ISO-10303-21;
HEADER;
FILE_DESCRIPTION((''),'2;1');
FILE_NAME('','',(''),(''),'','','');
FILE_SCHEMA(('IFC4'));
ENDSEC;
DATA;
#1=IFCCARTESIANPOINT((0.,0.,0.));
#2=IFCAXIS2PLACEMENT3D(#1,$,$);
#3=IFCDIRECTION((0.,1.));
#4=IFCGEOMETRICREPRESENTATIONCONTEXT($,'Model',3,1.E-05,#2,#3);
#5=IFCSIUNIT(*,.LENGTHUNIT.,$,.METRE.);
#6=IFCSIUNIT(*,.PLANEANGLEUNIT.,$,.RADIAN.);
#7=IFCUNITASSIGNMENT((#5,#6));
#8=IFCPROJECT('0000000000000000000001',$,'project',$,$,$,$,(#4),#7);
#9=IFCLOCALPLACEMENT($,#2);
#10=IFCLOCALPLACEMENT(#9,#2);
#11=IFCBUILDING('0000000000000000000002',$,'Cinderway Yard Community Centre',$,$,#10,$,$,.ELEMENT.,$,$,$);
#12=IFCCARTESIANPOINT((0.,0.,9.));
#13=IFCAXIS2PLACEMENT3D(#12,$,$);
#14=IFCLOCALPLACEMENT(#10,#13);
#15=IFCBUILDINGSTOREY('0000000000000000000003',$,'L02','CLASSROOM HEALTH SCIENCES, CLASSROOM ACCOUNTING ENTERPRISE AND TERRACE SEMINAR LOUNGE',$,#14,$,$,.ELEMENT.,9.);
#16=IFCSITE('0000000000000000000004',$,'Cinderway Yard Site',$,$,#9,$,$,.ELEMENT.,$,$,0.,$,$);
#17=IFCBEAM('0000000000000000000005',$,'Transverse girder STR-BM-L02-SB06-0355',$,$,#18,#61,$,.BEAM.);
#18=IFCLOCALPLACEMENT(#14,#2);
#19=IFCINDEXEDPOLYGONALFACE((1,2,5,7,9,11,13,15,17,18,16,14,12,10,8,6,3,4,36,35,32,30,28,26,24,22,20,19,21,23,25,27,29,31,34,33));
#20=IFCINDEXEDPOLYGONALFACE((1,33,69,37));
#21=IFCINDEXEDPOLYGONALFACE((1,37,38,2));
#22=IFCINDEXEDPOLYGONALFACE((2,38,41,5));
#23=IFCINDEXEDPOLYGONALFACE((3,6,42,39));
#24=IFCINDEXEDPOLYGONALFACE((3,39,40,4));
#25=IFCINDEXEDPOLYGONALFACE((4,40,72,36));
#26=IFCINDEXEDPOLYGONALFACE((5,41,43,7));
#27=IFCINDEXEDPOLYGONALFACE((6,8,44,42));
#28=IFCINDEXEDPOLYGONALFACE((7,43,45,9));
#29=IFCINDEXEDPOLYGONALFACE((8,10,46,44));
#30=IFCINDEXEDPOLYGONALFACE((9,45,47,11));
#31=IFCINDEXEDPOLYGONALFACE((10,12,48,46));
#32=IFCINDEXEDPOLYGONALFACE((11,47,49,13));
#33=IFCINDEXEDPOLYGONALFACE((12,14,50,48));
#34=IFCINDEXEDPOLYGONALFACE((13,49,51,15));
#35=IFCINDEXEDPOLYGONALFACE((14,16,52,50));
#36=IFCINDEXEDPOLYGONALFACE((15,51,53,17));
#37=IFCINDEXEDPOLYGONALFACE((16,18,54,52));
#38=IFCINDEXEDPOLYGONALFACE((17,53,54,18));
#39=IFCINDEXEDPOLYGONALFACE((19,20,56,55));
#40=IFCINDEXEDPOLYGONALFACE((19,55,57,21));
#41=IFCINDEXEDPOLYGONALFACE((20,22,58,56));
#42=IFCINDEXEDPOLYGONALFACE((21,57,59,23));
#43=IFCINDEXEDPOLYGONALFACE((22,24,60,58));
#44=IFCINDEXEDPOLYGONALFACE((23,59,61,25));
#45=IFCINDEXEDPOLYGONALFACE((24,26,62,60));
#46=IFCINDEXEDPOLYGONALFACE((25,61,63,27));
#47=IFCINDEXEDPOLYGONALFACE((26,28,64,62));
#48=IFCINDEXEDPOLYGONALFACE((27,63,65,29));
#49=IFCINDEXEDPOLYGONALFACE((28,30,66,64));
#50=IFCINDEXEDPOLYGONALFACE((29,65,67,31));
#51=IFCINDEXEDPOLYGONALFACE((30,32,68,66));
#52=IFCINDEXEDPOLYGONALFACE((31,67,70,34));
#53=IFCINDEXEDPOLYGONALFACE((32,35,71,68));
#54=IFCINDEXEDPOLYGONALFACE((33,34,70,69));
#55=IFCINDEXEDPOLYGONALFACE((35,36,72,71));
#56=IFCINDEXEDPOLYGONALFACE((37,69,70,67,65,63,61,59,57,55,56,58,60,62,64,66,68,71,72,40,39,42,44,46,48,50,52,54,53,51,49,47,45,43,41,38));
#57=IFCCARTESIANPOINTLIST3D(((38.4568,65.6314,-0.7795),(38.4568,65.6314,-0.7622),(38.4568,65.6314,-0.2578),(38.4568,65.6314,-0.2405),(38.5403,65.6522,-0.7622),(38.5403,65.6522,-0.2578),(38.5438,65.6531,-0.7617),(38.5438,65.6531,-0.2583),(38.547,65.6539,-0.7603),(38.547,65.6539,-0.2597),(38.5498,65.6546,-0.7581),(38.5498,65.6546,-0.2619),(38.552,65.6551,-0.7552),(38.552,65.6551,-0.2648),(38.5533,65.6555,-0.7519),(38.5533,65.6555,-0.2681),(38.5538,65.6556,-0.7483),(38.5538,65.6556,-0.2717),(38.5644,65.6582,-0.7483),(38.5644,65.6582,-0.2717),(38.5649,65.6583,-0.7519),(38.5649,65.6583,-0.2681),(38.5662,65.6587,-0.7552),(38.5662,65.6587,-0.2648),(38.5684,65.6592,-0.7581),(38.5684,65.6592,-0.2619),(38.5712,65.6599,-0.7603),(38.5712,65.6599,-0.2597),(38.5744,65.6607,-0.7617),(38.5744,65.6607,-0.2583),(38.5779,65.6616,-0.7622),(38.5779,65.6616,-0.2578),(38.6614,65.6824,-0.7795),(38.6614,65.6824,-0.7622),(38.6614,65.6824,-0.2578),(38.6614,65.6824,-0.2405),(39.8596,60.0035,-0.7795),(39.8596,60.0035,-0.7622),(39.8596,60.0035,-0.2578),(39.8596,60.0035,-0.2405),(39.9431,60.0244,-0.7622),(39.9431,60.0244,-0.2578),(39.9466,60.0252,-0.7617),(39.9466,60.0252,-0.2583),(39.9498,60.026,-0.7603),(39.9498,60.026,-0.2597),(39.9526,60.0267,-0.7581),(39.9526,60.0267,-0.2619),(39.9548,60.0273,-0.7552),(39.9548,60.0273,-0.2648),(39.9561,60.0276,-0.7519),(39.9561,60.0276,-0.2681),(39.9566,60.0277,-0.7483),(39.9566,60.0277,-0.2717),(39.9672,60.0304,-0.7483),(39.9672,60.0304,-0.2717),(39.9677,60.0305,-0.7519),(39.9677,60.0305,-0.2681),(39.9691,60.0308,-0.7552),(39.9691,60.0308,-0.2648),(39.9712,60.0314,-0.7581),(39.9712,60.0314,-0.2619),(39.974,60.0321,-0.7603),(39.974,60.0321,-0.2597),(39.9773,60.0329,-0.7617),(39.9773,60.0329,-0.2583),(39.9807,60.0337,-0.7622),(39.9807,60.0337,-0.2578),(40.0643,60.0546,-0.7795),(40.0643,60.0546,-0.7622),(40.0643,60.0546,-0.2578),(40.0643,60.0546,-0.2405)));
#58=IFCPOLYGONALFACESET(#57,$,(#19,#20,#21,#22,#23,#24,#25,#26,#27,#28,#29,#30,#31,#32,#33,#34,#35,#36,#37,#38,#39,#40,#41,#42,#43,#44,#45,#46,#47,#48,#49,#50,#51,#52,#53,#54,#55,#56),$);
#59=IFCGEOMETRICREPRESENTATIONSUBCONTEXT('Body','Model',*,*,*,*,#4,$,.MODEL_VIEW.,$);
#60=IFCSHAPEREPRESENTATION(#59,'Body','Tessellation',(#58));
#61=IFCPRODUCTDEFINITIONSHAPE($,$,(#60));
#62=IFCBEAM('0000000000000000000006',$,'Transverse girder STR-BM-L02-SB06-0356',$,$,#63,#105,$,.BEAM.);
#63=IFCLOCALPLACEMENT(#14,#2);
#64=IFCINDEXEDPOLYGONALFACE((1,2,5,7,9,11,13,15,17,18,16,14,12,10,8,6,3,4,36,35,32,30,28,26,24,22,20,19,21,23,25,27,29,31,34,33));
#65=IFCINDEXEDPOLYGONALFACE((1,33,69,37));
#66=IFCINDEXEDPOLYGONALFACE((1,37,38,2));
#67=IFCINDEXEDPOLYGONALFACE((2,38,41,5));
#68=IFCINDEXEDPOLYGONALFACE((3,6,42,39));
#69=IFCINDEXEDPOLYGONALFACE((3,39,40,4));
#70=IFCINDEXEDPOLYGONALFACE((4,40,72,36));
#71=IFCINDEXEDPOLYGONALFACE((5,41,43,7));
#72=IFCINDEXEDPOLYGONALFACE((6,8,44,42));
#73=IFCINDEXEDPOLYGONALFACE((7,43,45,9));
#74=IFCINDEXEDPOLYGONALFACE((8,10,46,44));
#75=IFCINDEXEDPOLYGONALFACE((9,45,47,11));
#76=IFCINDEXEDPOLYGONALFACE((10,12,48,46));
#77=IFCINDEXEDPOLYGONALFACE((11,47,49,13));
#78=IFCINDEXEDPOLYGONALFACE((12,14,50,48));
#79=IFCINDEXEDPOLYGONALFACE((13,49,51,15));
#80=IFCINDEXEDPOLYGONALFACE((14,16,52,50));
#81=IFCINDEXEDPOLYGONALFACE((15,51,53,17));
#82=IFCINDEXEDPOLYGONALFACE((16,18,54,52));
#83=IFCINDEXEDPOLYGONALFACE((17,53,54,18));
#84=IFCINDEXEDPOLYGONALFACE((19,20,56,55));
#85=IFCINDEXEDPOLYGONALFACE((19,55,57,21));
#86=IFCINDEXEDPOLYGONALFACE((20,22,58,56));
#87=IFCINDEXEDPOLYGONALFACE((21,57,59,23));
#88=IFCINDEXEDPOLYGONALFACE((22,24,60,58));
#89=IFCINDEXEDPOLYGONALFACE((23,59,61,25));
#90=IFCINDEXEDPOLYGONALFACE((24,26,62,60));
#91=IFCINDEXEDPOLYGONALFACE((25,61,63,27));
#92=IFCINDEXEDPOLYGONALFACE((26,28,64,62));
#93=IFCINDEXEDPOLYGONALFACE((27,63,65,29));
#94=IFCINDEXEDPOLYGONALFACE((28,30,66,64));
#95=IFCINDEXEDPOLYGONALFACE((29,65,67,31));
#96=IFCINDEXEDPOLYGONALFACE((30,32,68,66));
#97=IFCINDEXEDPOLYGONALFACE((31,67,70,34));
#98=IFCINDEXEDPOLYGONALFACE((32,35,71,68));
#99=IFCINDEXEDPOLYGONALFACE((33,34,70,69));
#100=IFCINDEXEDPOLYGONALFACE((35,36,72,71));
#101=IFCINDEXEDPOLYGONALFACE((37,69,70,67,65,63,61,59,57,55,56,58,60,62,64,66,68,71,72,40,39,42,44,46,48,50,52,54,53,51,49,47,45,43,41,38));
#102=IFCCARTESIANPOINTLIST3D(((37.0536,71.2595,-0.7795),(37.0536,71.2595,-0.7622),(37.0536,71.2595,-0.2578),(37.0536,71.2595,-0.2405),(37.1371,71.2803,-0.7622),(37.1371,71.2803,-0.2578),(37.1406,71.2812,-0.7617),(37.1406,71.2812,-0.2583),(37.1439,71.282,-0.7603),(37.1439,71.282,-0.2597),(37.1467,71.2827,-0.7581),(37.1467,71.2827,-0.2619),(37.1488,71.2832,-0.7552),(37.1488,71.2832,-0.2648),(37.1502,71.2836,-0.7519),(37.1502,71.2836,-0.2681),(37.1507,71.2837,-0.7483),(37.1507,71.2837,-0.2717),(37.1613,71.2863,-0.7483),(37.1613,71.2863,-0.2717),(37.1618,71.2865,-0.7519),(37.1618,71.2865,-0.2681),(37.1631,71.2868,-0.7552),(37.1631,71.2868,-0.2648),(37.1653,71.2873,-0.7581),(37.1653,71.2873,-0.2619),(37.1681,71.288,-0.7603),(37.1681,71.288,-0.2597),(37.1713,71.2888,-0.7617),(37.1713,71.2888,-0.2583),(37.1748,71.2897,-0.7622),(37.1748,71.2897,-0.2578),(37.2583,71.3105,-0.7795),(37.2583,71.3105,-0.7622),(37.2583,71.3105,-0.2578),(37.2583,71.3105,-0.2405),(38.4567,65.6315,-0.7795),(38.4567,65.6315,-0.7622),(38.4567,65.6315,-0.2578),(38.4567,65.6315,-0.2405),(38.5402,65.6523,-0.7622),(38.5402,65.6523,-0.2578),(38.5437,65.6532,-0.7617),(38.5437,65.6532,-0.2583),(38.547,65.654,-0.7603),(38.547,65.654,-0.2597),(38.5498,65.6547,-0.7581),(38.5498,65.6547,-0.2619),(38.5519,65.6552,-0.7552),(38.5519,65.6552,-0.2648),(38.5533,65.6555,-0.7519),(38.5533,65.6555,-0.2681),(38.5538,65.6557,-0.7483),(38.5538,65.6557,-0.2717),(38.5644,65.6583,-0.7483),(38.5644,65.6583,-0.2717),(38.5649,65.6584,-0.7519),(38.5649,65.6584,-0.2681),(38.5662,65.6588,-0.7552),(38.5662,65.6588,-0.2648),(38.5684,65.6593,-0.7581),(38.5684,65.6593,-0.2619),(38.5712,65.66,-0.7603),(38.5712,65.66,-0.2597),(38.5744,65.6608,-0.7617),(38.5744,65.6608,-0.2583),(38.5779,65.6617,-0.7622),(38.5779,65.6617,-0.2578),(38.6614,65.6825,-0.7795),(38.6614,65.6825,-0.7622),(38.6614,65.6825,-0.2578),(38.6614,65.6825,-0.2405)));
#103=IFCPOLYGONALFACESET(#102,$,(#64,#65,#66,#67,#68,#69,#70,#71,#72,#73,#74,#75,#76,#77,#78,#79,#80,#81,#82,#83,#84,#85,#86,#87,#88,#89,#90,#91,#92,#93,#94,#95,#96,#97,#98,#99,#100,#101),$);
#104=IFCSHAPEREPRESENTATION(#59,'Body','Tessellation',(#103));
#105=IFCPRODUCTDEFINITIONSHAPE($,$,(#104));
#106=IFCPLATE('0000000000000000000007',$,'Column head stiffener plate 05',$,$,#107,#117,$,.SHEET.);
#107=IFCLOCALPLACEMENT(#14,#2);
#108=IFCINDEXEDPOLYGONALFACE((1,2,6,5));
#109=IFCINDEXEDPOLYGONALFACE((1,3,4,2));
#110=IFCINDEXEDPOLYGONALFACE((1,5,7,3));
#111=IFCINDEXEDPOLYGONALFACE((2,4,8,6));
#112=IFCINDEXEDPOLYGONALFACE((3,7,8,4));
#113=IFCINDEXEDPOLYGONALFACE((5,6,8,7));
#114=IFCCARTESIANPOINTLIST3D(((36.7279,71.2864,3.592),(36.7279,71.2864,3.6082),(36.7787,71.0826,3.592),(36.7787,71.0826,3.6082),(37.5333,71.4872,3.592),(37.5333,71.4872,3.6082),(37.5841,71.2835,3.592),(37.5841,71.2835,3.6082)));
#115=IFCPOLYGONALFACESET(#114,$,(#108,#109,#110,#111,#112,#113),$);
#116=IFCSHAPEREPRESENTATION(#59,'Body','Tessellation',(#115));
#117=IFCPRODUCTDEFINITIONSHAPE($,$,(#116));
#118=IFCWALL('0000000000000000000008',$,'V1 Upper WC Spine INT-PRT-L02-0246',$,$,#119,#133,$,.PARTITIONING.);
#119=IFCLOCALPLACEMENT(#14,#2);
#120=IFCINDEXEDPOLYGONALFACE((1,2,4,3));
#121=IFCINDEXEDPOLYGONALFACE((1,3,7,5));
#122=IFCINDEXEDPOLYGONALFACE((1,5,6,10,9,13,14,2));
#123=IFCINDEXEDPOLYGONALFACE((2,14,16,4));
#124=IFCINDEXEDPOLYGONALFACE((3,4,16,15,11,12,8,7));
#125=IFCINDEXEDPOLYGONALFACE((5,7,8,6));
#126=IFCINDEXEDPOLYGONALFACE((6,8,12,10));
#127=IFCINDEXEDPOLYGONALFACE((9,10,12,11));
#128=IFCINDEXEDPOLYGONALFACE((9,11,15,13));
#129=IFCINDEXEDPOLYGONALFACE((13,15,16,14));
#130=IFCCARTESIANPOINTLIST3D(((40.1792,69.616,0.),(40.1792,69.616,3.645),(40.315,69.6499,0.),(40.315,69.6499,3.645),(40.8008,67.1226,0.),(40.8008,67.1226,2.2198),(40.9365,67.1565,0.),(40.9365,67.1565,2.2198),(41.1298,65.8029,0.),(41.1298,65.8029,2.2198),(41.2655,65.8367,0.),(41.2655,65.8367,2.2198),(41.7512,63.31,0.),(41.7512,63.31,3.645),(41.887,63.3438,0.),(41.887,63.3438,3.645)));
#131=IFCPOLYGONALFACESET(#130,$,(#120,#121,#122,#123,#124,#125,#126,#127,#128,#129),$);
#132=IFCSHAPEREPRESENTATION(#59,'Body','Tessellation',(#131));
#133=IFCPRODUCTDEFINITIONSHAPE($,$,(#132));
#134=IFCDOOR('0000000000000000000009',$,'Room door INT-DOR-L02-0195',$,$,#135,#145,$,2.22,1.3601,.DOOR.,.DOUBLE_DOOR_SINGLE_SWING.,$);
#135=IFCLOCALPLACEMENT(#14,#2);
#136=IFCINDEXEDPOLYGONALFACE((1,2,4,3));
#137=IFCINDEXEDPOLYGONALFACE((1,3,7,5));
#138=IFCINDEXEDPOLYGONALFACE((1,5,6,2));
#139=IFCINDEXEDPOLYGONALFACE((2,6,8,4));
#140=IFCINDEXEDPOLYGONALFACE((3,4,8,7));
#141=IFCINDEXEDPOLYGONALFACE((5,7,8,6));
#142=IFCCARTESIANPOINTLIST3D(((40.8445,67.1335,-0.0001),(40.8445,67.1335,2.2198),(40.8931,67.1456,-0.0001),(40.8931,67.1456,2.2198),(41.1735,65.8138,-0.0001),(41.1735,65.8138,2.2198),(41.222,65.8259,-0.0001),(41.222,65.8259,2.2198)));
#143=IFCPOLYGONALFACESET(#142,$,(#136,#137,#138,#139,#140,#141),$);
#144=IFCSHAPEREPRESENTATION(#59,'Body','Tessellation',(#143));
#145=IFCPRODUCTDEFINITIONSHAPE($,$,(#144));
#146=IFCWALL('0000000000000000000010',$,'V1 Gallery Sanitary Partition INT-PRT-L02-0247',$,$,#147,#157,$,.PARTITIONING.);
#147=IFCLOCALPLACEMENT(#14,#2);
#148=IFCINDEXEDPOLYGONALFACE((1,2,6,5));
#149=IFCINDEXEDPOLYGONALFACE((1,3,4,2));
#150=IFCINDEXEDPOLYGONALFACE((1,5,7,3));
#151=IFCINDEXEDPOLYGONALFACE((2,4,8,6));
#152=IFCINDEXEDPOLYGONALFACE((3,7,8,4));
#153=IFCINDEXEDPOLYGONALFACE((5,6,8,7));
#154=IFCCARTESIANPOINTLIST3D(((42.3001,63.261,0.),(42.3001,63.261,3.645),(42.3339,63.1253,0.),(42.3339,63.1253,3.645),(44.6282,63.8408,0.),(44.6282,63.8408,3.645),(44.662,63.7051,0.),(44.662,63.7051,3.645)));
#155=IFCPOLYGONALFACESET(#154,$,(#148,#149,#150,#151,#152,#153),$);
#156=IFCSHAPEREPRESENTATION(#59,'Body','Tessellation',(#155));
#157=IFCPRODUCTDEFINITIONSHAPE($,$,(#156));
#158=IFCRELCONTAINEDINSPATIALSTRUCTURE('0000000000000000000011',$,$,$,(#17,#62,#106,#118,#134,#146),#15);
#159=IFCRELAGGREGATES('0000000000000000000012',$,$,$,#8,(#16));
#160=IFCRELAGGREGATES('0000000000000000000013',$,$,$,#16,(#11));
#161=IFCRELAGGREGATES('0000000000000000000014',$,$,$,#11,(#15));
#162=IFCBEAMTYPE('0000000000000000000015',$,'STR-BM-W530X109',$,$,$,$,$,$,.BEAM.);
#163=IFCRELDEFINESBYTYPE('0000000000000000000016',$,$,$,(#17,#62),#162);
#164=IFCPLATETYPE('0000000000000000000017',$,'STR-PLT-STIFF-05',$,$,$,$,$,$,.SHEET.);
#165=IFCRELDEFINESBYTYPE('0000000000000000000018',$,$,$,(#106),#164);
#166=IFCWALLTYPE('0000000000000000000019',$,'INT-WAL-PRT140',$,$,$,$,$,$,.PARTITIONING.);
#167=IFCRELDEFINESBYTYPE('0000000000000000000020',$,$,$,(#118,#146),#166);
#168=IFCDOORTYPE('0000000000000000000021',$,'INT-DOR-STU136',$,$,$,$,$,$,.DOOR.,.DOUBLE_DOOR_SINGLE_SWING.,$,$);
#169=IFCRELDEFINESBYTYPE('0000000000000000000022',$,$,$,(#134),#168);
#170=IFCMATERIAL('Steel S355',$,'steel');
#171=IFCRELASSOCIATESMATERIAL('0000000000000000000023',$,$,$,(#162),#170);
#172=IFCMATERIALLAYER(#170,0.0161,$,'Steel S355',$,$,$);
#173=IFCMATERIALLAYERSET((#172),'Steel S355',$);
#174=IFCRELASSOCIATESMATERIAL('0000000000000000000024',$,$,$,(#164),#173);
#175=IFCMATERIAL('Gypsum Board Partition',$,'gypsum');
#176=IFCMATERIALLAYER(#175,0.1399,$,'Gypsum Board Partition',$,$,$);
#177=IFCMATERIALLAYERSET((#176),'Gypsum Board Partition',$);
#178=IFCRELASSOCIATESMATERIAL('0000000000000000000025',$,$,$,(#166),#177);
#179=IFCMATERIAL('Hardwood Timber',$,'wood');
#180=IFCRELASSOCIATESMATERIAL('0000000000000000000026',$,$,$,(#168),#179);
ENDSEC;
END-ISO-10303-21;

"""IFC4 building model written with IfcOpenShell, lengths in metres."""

from ifc_helpers import new_model, si_unit, direction, frame, frame_2d, origin, origin_2d, place, context, subcontext, project, spatial, rectangle, i_section, extrude, material, layer, layer_set, material_profile, profile_set, type_object, element, fill, save


model = new_model("IFC4")

# Units and contexts
model_context = context("Model", 3, precision=1e-05, world=origin(), true_north=direction((0.0, 1.0)))
body_context = subcontext(model_context, "Body", "Model", "MODEL_VIEW")
ifc_project = project(units=[si_unit("LENGTHUNIT", "METRE"), si_unit("PLANEANGLEUNIT", "RADIAN")], contexts=[model_context])

# Site, building, storey
site_placement = place(None, origin())
site = spatial("IfcSite", under=ifc_project, at=site_placement, Name="Cinderway Yard Site", CompositionType="ELEMENT", RefElevation=0.0)
building_placement = place(site_placement, origin())
building = spatial("IfcBuilding", under=site, at=building_placement, Name="Cinderway Yard Community Centre", CompositionType="ELEMENT")
storey_placement = place(building_placement, frame((0.0, 0.0, 9.0)))
storey = spatial("IfcBuildingStorey", under=building, at=storey_placement, Name="L02", Description="CLASSROOM HEALTH SCIENCES, CLASSROOM ACCOUNTING ENTERPRISE AND TERRACE SEMINAR LOUNGE", CompositionType="ELEMENT", Elevation=9.0)

# Beams
ifc_material_1 = material(Name="Steel S355", Category="steel")
ifc_material_profile_1 = material_profile(ifc_material_1, i_section(OverallWidth=0.2109, OverallDepth=0.5391, WebThickness=0.011, FlangeThickness=0.0173, FilletRadius=0.0139, at=origin_2d()), Name="Steel S355")
ifc_profile_set_1 = profile_set([ifc_material_profile_1], Name="Steel S355")
beam_type_1 = type_object("IfcBeamType", Name="STR-BM-W530X109", PredefinedType="BEAM", material=ifc_profile_set_1)
beam_1_placement = place(storey_placement, frame((39.9619, 60.0291, -0.51), z_axis=(-0.241862, 0.970311, 0.0), x_axis=(-0.970311, -0.241862, 0.0)))
element("IfcBeam", 1, at=beam_1_placement, inside=storey, type_object=beam_type_1, Name="Transverse girder STR-BM-L02-SB06-0355", PredefinedType="BEAM", context=body_context, shape_type="SweptSolid", body=[
    extrude(i_section(OverallWidth=0.2109, OverallDepth=0.5391, WebThickness=0.011, FlangeThickness=0.0173, FilletRadius=0.0139, at=origin_2d()), origin(), (0.0, 0.0, 1.0), 5.8),
])
beam_2_placement = place(storey_placement, frame((38.5591, 65.657, -0.51), z_axis=(-0.241902, 0.970301, 0.0), x_axis=(-0.970301, -0.241902, 0.0)))
element("IfcBeam", 2, at=beam_2_placement, inside=storey, type_object=beam_type_1, Name="Transverse girder STR-BM-L02-SB06-0356", PredefinedType="BEAM", context=body_context, shape_type="SweptSolid", body=[
    extrude(i_section(OverallWidth=0.2109, OverallDepth=0.5391, WebThickness=0.011, FlangeThickness=0.0173, FilletRadius=0.0139, at=origin_2d()), origin(), (0.0, 0.0, 1.0), 5.8003),
])

# Plate
ifc_layer_1 = layer(ifc_material_1, 0.0161, Name="Steel S355")
ifc_layer_set_1 = layer_set([ifc_layer_1], Name="Steel S355")
plate_type = type_object("IfcPlateType", Name="STR-PLT-STIFF-05", PredefinedType="SHEET", material=ifc_layer_set_1)
plate_placement = place(storey_placement, frame((37.156, 71.2849, 3.592), z_axis=(0.0, 0.0, 1.0), x_axis=(0.970296, 0.241922, 0.0)))
element("IfcPlate", 3, at=plate_placement, inside=storey, type_object=plate_type, Name="Column head stiffener plate 05", PredefinedType="SHEET", context=body_context, shape_type="SweptSolid", body=[
    extrude(rectangle(XDim=0.8301, YDim=0.21, at=origin_2d()), origin(), (0.0, 0.0, 1.0), 0.0161),
])

# Wall, opening, door
ifc_material_2 = material(Name="Gypsum Board Partition", Category="gypsum")
ifc_layer_2 = layer(ifc_material_2, 0.1399, Name="Gypsum Board Partition")
ifc_layer_set_2 = layer_set([ifc_layer_2], Name="Gypsum Board Partition")
wall_type_1 = type_object("IfcWallType", Name="INT-WAL-PRT140", PredefinedType="PARTITIONING", material=ifc_layer_set_2)
wall_1_placement = place(storey_placement, frame((41.8191, 63.3269, 0.0), z_axis=(0.0, 0.0, 1.0), x_axis=(-0.241881, 0.970306, 0.0)))
wall_1 = element("IfcWall", 4, at=wall_1_placement, inside=storey, type_object=wall_type_1, Name="V1 Upper WC Spine INT-PRT-L02-0246", PredefinedType="PARTITIONING", context=body_context, shape_type="SweptSolid", body=[
    extrude(rectangle(XDim=6.499, YDim=0.1399, at=frame_2d((3.2495, 0.0))), origin(), (0.0, 0.0, 1.0), 3.645),
])
opening_1_placement = place(wall_1_placement, frame((2.5691, 0.0, 0.0)))
opening_1 = element("IfcOpeningElement", 5, at=opening_1_placement, cuts=wall_1, PredefinedType="OPENING", context=body_context, shape_type="SweptSolid", body=[
    extrude(rectangle(XDim=1.3601, YDim=2.22, at=frame_2d((0.6802, 1.1099))), frame((0.0, 0.0798, 0.0), z_axis=(0.0, -1.0, 0.0), x_axis=(1.0, 0.0, 0.0)), (0.0, 0.0, 1.0), 0.1599),
])
ifc_material_3 = material(Name="Hardwood Timber", Category="wood")
door_type_1 = type_object("IfcDoorType", Name="INT-DOR-STU136", OperationType="DOUBLE_DOOR_SINGLE_SWING", PredefinedType="DOOR", material=ifc_material_3)
door_1_placement = place(opening_1_placement, origin())
door_1 = element("IfcDoor", 6, at=door_1_placement, inside=storey, type_object=door_type_1, Name="Room door INT-DOR-L02-0195", OperationType="DOUBLE_DOOR_SINGLE_SWING", OverallHeight=2.22, OverallWidth=1.3601, PredefinedType="DOOR", context=body_context, shape_type="SweptSolid", body=[
    extrude(rectangle(XDim=1.3601, YDim=2.22, at=frame_2d((0.6802, 1.1099))), frame((0.0, 0.0249, 0.0), z_axis=(0.0, -1.0, 0.0), x_axis=(1.0, 0.0, 0.0)), (0.0, 0.0, 1.0), 0.05),
])
fill(opening_1, door_1)

# Wall
wall_2_placement = place(storey_placement, frame((42.3169, 63.1931, 0.0), z_axis=(0.0, 0.0, 1.0), x_axis=(0.970358, 0.241674, 0.0)))
element("IfcWall", 7, at=wall_2_placement, inside=storey, type_object=wall_type_1, Name="V1 Gallery Sanitary Partition INT-PRT-L02-0247", PredefinedType="PARTITIONING", context=body_context, shape_type="SweptSolid", body=[
    extrude(rectangle(XDim=2.3992, YDim=0.1399, at=frame_2d((1.1997, 0.0))), origin(), (0.0, 0.0, 1.0), 3.645),
])

save(model, "model.ifc")
